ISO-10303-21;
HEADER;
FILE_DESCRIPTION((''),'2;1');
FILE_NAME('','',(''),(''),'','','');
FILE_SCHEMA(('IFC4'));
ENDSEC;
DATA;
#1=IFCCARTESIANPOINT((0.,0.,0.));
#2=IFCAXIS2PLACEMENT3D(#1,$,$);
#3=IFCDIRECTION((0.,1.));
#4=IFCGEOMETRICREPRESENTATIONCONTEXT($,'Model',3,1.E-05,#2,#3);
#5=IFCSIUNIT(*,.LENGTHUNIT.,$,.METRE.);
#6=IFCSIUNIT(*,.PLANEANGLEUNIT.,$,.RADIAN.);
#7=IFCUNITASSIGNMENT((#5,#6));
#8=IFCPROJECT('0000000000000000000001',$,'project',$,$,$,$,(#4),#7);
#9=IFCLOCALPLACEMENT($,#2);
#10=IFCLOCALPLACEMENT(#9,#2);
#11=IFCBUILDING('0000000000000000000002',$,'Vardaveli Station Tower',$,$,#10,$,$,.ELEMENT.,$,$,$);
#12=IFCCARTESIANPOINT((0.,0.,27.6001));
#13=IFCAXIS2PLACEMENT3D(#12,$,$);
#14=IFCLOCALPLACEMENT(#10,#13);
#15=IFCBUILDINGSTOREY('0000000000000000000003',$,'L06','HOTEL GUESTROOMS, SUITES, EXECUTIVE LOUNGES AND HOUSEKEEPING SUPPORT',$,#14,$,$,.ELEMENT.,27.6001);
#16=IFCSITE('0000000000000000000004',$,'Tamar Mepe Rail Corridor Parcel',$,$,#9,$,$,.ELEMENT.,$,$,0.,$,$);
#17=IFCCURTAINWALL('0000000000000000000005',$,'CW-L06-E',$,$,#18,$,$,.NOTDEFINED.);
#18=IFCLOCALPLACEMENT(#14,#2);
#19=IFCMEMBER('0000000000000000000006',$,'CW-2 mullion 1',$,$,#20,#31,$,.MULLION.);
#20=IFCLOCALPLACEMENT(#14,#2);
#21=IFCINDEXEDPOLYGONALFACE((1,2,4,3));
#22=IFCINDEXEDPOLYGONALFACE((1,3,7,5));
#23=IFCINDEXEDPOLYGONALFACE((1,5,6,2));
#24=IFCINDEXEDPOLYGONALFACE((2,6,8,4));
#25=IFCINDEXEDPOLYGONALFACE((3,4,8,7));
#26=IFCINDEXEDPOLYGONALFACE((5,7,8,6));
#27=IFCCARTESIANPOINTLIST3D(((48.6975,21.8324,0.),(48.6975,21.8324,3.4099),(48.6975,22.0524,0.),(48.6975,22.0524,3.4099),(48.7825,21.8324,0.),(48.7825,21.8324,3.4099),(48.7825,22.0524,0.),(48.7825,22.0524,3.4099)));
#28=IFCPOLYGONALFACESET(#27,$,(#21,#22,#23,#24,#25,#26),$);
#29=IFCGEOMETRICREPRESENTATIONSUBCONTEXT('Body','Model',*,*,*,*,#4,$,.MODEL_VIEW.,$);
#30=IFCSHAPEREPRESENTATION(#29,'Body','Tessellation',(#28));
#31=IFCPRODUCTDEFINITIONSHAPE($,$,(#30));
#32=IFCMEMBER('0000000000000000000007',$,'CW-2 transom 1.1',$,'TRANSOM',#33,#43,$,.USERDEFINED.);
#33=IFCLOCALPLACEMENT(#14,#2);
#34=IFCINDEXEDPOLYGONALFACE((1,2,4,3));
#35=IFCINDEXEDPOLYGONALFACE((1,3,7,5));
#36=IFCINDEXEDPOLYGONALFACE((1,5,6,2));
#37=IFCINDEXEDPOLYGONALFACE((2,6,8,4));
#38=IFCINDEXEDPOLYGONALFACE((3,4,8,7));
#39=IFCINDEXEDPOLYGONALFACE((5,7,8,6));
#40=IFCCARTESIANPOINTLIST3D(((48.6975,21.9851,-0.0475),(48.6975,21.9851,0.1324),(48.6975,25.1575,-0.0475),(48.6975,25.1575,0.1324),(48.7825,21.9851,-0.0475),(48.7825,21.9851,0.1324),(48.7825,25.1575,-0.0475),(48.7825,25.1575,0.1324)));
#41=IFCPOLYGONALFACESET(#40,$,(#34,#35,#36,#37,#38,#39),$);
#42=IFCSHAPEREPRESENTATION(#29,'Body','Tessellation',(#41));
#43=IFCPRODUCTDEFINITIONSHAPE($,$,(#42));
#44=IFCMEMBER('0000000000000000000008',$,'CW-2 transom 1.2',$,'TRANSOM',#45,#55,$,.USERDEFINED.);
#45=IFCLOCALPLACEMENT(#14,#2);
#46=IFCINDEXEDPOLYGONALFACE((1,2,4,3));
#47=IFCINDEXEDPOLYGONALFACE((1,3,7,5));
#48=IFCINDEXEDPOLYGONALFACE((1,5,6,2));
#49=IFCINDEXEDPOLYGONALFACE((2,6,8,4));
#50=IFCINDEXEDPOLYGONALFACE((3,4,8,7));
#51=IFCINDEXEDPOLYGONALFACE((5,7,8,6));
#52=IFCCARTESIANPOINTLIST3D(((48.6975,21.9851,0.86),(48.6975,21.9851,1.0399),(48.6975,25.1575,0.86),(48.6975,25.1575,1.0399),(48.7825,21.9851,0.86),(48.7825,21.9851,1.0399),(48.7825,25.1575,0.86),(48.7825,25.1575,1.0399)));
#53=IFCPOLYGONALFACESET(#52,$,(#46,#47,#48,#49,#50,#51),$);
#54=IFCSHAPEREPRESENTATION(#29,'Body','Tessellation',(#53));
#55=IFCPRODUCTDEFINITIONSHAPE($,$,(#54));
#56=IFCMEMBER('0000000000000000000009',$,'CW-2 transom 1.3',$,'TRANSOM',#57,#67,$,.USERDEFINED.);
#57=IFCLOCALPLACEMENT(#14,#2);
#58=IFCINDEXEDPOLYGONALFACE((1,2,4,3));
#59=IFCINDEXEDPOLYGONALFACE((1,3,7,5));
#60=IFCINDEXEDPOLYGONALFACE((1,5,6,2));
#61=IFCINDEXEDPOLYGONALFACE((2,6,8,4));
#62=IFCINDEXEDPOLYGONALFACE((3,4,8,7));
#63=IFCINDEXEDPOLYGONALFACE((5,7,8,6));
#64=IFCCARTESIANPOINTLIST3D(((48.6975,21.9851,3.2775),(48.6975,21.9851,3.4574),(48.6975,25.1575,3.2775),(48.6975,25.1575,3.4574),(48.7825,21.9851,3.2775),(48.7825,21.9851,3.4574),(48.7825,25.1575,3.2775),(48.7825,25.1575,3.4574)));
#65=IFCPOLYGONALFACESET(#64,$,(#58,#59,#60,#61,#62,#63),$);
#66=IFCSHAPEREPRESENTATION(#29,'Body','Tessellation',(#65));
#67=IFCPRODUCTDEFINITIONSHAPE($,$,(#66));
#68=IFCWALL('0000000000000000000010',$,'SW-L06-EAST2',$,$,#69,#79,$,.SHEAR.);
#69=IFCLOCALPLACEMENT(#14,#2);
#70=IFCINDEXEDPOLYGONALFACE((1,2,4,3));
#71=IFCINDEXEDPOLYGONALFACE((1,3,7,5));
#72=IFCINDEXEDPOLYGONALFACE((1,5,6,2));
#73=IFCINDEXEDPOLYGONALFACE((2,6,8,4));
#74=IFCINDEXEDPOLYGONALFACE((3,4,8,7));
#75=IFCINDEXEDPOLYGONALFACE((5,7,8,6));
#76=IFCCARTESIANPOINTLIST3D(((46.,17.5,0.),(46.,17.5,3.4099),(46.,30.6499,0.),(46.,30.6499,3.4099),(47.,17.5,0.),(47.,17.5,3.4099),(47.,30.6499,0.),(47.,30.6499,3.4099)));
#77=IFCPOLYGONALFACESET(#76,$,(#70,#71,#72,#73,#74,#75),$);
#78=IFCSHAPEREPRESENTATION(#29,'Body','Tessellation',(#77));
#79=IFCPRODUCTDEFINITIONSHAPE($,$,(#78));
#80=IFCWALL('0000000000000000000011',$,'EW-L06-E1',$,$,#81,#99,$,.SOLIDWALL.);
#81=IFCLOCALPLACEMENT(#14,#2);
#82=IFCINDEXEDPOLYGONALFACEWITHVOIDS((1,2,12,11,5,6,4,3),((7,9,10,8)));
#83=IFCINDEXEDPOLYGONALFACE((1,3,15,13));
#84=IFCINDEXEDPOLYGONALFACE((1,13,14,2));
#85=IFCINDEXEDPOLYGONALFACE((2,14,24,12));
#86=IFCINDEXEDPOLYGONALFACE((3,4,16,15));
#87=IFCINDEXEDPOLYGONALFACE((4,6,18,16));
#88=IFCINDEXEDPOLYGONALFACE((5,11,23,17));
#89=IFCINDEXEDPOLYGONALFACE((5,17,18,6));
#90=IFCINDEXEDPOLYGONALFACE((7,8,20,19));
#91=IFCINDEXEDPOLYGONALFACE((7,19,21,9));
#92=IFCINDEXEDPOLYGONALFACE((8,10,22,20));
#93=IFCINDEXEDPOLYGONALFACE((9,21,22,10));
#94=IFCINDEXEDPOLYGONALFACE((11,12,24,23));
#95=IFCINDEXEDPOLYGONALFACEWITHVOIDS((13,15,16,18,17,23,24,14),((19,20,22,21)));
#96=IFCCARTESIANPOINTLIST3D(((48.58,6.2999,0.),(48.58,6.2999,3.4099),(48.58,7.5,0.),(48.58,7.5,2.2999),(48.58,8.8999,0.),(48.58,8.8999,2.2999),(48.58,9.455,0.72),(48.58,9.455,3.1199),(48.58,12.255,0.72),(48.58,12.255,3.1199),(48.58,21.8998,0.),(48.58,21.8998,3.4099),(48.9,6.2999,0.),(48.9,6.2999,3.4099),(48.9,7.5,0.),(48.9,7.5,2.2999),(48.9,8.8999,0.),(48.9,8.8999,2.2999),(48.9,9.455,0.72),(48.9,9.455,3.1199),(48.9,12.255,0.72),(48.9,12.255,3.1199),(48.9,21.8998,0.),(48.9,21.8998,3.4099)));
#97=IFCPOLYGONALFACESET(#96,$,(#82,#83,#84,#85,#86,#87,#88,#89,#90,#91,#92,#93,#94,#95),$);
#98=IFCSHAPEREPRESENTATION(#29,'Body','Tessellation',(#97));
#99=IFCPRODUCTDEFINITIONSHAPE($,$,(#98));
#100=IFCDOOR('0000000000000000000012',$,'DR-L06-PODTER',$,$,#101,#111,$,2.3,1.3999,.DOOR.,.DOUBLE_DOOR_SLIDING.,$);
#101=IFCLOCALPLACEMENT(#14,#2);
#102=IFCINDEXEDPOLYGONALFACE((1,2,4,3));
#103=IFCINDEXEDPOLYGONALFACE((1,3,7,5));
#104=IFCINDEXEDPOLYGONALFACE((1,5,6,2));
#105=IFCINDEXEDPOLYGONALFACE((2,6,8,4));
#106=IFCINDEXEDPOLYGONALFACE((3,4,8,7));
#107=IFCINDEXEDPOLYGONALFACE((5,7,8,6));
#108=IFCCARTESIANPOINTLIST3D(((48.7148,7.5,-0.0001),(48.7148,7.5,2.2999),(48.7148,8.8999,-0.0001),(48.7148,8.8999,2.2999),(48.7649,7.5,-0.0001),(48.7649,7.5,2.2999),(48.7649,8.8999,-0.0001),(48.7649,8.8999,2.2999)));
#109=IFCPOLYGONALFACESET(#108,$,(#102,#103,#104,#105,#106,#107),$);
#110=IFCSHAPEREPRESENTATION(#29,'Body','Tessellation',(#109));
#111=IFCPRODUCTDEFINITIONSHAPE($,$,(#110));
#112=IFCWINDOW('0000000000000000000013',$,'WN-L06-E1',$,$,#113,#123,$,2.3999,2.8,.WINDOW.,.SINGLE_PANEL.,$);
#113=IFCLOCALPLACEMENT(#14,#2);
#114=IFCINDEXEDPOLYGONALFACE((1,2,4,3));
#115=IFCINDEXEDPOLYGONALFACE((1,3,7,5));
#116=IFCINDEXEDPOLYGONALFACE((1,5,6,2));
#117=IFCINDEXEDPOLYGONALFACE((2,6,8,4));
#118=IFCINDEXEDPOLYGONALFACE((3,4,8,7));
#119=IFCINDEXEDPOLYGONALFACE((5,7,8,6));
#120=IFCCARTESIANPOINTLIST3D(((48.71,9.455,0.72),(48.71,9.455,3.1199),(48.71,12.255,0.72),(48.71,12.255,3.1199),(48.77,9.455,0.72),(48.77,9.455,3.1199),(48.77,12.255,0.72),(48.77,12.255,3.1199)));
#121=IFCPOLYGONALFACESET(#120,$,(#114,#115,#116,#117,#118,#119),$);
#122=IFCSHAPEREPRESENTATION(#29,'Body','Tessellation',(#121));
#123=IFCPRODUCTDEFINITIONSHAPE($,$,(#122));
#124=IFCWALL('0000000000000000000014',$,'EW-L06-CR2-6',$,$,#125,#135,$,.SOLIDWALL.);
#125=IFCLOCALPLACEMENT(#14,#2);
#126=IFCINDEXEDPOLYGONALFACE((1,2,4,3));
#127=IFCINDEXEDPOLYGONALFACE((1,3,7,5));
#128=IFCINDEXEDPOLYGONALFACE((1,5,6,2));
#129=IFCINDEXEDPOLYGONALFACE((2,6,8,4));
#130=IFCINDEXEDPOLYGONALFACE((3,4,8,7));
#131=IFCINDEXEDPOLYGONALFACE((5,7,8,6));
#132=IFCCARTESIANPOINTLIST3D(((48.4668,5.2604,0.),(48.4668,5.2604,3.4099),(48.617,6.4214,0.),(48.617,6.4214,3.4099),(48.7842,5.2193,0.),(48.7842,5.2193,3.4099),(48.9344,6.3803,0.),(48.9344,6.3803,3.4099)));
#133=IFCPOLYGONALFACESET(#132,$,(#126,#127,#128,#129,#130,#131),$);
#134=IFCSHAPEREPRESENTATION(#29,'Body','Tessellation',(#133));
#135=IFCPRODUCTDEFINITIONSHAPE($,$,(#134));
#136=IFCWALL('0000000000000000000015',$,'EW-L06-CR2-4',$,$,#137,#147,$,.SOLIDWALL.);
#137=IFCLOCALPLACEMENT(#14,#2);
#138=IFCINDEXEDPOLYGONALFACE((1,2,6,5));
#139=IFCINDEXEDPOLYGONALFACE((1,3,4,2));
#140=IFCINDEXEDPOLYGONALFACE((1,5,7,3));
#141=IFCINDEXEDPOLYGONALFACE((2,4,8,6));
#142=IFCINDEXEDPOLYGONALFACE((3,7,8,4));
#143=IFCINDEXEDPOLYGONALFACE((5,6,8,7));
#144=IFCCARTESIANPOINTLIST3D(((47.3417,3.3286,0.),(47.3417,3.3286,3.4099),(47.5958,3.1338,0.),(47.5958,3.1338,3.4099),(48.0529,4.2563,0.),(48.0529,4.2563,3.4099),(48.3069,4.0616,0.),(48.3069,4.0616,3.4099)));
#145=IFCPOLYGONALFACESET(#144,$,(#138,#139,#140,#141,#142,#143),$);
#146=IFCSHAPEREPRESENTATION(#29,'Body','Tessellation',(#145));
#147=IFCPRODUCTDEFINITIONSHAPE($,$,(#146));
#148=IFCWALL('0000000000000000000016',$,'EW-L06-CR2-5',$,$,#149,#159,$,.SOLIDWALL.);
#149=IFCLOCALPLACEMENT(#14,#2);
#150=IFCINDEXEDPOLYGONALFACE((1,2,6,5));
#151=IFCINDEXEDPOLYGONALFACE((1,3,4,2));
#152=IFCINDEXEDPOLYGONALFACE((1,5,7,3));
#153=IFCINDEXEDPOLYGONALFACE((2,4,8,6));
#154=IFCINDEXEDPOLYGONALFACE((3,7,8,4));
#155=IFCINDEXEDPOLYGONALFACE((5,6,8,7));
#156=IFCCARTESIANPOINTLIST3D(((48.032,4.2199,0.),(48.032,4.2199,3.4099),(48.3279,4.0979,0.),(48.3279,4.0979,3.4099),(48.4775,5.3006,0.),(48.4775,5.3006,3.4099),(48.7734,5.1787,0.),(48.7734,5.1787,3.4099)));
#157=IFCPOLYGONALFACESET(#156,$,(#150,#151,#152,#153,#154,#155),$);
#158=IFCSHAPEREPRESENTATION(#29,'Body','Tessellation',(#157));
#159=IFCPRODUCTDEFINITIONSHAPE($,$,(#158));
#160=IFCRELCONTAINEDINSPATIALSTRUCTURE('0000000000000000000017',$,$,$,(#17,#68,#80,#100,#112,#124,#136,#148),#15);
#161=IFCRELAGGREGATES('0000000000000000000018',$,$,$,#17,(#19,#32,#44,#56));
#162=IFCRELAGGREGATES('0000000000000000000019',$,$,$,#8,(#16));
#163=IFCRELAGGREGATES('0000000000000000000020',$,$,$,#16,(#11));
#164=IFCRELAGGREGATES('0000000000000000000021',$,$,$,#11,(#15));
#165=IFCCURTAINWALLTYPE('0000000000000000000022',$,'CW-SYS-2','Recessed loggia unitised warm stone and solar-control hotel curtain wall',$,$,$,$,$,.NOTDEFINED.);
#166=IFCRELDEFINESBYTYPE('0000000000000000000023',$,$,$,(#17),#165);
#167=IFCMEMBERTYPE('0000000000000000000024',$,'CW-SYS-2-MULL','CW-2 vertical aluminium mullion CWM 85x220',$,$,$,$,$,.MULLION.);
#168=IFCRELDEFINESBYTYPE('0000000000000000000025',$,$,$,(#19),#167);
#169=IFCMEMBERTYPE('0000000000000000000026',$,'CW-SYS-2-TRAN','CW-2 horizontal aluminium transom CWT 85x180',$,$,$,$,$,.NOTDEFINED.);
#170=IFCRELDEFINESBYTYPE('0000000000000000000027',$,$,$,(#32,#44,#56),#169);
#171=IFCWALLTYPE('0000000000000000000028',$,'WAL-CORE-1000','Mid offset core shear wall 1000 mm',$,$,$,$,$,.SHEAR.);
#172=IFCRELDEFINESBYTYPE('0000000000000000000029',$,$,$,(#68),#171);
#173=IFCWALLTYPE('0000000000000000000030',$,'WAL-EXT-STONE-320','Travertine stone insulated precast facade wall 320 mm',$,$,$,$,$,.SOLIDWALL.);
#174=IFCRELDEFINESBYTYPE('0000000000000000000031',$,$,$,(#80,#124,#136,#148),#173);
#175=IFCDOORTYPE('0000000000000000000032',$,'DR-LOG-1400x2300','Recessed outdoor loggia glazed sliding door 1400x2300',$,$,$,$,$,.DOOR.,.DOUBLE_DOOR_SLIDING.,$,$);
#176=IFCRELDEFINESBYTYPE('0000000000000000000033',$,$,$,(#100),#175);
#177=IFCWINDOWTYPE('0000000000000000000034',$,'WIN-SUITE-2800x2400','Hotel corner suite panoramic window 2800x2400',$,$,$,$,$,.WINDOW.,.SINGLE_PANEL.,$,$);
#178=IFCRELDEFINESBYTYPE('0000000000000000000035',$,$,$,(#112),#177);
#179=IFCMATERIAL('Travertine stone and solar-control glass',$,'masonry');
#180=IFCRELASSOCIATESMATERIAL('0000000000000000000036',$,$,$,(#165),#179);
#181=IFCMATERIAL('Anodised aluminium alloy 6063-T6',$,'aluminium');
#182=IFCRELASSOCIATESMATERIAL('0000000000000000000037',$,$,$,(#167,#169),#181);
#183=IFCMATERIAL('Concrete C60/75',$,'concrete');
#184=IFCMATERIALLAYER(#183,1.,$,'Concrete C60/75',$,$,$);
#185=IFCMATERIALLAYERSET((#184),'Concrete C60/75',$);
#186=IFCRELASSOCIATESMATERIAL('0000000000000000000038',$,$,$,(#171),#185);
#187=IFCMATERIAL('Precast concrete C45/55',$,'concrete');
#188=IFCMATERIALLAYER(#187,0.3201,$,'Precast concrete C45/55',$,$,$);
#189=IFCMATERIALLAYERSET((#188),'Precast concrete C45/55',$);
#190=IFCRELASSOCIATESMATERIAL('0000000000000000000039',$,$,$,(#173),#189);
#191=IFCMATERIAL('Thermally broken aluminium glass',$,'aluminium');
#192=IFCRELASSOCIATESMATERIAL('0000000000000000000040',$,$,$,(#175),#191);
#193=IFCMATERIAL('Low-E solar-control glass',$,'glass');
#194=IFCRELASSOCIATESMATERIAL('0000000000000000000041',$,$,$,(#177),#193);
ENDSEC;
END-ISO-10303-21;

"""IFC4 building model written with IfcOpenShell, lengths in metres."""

from ifc_helpers import new_model, si_unit, direction, frame, frame_2d, origin, origin_2d, place, context, subcontext, project, spatial, rectangle, extrude, source, transform, mapped, material, layer, layer_set, material_profile, profile_set, type_object, element, fill, aggregate, save


model = new_model("IFC4")

# Units and contexts
model_context = context("Model", 3, precision=1e-05, world=origin(), true_north=direction((0.0, 1.0)))
body_context = subcontext(model_context, "Body", "Model", "MODEL_VIEW")
ifc_project = project(units=[si_unit("LENGTHUNIT", "METRE"), si_unit("PLANEANGLEUNIT", "RADIAN")], contexts=[model_context])

# Site, building, storey
site_placement = place(None, origin())
site = spatial("IfcSite", under=ifc_project, at=site_placement, Name="Tamar Mepe Rail Corridor Parcel", CompositionType="ELEMENT", RefElevation=0.0)
building_placement = place(site_placement, origin())
building = spatial("IfcBuilding", under=site, at=building_placement, Name="Vardaveli Station Tower", CompositionType="ELEMENT")
storey_placement = place(building_placement, frame((0.0, 0.0, 27.6001)))
storey = spatial("IfcBuildingStorey", under=building, at=storey_placement, Name="L06", Description="HOTEL GUESTROOMS, SUITES, EXECUTIVE LOUNGES AND HOUSEKEEPING SUPPORT", CompositionType="ELEMENT", Elevation=27.6001)

# Shared definitions
ifc_material_1 = material(Name="Precast concrete C45/55", Category="concrete")

# Curtain wall, members
ifc_material_2 = material(Name="Travertine stone and solar-control glass", Category="masonry")
curtain_wall_type = type_object("IfcCurtainWallType", Name="CW-SYS-2", Description="Recessed loggia unitised warm stone and solar-control hotel curtain wall", PredefinedType="NOTDEFINED", material=ifc_material_2)
curtain_wall_placement = place(storey_placement, origin())
curtain_wall = element("IfcCurtainWall", 1, at=curtain_wall_placement, inside=storey, type_object=curtain_wall_type, Name="CW-L06-E", PredefinedType="NOTDEFINED")
ifc_material_3 = material(Name="Anodised aluminium alloy 6063-T6", Category="aluminium")
ifc_material_profile_1 = material_profile(ifc_material_3, rectangle(XDim=0.085, YDim=0.22, at=origin_2d()), Name="CWM 85x220")
ifc_profile_set_1 = profile_set([ifc_material_profile_1], Name="Anodised aluminium alloy 6063-T6")
member_type_1 = type_object("IfcMemberType", Name="CW-SYS-2-MULL", Description="CW-2 vertical aluminium mullion CWM 85x220", PredefinedType="MULLION", material=ifc_profile_set_1)
shared_shape_1 = source(origin(), body_context, "Body", "SweptSolid", [
    extrude(rectangle(XDim=0.085, YDim=0.22, at=origin_2d()), origin(), (0.0, 0.0, 1.0), 3.4099),
])
member_1_placement = place(storey_placement, frame((48.74, 21.9424, 0.0), z_axis=(0.0, 0.0, 1.0), x_axis=(-1.0, 0.0, 0.0)))
member_1 = element("IfcMember", 2, at=member_1_placement, type_object=member_type_1, Name="CW-2 mullion 1", PredefinedType="MULLION", context=body_context, shape_type="MappedRepresentation", body=[
    mapped(shared_shape_1, transform((0.0, 0.0, 0.0), scale=1.0)),
])
ifc_material_profile_2 = material_profile(ifc_material_3, rectangle(XDim=0.085, YDim=0.1799, at=origin_2d()), Name="CWT 85x180")
ifc_profile_set_2 = profile_set([ifc_material_profile_2], Name="Anodised aluminium alloy 6063-T6")
member_type_2 = type_object("IfcMemberType", Name="CW-SYS-2-TRAN", Description="CW-2 horizontal aluminium transom CWT 85x180", PredefinedType="NOTDEFINED", material=ifc_profile_set_2)
shared_shape_2 = source(origin(), body_context, "Body", "SweptSolid", [
    extrude(rectangle(XDim=0.085, YDim=0.1799, at=origin_2d()), origin(), (0.0, 0.0, 1.0), 3.1724),
])
member_2_placement = place(storey_placement, frame((48.74, 21.9851, 0.0425), z_axis=(0.0, 1.0, 0.0), x_axis=(-1.0, 0.0, 0.0)))
member_2 = element("IfcMember", 3, at=member_2_placement, type_object=member_type_2, Name="CW-2 transom 1.1", ObjectType="TRANSOM", PredefinedType="USERDEFINED", context=body_context, shape_type="MappedRepresentation", body=[
    mapped(shared_shape_2, transform((0.0, 0.0, 0.0), scale=1.0)),
])
member_3_placement = place(storey_placement, frame((48.74, 21.9851, 0.95), z_axis=(0.0, 1.0, 0.0), x_axis=(-1.0, 0.0, 0.0)))
member_3 = element("IfcMember", 4, at=member_3_placement, type_object=member_type_2, Name="CW-2 transom 1.2", ObjectType="TRANSOM", PredefinedType="USERDEFINED", context=body_context, shape_type="MappedRepresentation", body=[
    mapped(shared_shape_2, transform((0.0, 0.0, 0.0), scale=1.0)),
])
member_4_placement = place(storey_placement, frame((48.74, 21.9851, 3.3674), z_axis=(0.0, 1.0, 0.0), x_axis=(-1.0, 0.0, 0.0)))
member_4 = element("IfcMember", 5, at=member_4_placement, type_object=member_type_2, Name="CW-2 transom 1.3", ObjectType="TRANSOM", PredefinedType="USERDEFINED", context=body_context, shape_type="MappedRepresentation", body=[
    mapped(shared_shape_2, transform((0.0, 0.0, 0.0), scale=1.0)),
])
aggregate(curtain_wall, [member_1, member_2, member_3, member_4])

# Wall
ifc_material_4 = material(Name="Concrete C60/75", Category="concrete")
ifc_layer_1 = layer(ifc_material_4, 1.0, Name="Concrete C60/75")
ifc_layer_set_1 = layer_set([ifc_layer_1], Name="Concrete C60/75")
wall_type_1 = type_object("IfcWallType", Name="WAL-CORE-1000", Description="Mid offset core shear wall 1000 mm", PredefinedType="SHEAR", material=ifc_layer_set_1)
shared_shape_3 = source(origin(), body_context, "Body", "SweptSolid", [
    extrude(rectangle(XDim=13.1499, YDim=1.0, at=frame_2d((6.575, 0.0))), origin(), (0.0, 0.0, 1.0), 3.4099),
])
wall_1_placement = place(storey_placement, frame((46.5, 17.5, 0.0), z_axis=(0.0, 0.0, 1.0), x_axis=(0.0, 1.0, 0.0)))
element("IfcWall", 6, at=wall_1_placement, inside=storey, type_object=wall_type_1, Name="SW-L06-EAST2", PredefinedType="SHEAR", context=body_context, shape_type="MappedRepresentation", body=[
    mapped(shared_shape_3, transform((0.0, 0.0, 0.0), scale=1.0)),
])

# Wall, openings, door, window
ifc_layer_2 = layer(ifc_material_1, 0.3201, Name="Precast concrete C45/55")
ifc_layer_set_2 = layer_set([ifc_layer_2], Name="Precast concrete C45/55")
wall_type_2 = type_object("IfcWallType", Name="WAL-EXT-STONE-320", Description="Travertine stone insulated precast facade wall 320 mm", PredefinedType="SOLIDWALL", material=ifc_layer_set_2)
shared_shape_4 = source(origin(), body_context, "Body", "SweptSolid", [
    extrude(rectangle(XDim=15.5999, YDim=0.3201, at=frame_2d((7.7998, 0.0))), origin(), (0.0, 0.0, 1.0), 3.4099),
])
wall_2_placement = place(storey_placement, frame((48.74, 6.3, 0.0), z_axis=(0.0, 0.0, 1.0), x_axis=(0.0, 1.0, 0.0)))
wall_2 = element("IfcWall", 7, at=wall_2_placement, inside=storey, type_object=wall_type_2, Name="EW-L06-E1", PredefinedType="SOLIDWALL", context=body_context, shape_type="MappedRepresentation", body=[
    mapped(shared_shape_4, transform((0.0, 0.0, 0.0), scale=1.0)),
])
shared_shape_5 = source(origin(), body_context, "Body", "SweptSolid", [
    extrude(rectangle(XDim=1.3999, YDim=2.3, at=frame_2d((0.7, 1.1499))), frame((0.0, 0.1699, 0.0), z_axis=(0.0, -1.0, 0.0), x_axis=(1.0, 0.0, 0.0)), (0.0, 0.0, 1.0), 0.3401),
])
opening_1_placement = place(wall_2_placement, frame((1.2, 0.0, 0.0)))
opening_1 = element("IfcOpeningElement", 8, at=opening_1_placement, cuts=wall_2, PredefinedType="OPENING", context=body_context, shape_type="MappedRepresentation", body=[
    mapped(shared_shape_5, transform((0.0, 0.0, 0.0), scale=1.0)),
])
shared_shape_6 = source(origin(), body_context, "Body", "SweptSolid", [
    extrude(rectangle(XDim=2.8, YDim=2.3999, at=frame_2d((1.3999, 1.2))), frame((0.0, 0.1699, 0.0), z_axis=(0.0, -1.0, 0.0), x_axis=(1.0, 0.0, 0.0)), (0.0, 0.0, 1.0), 0.3401),
])
opening_2_placement = place(wall_2_placement, frame((3.155, 0.0, 0.72)))
opening_2 = element("IfcOpeningElement", 9, at=opening_2_placement, cuts=wall_2, PredefinedType="OPENING", context=body_context, shape_type="MappedRepresentation", body=[
    mapped(shared_shape_6, transform((0.0, 0.0, 0.0), scale=1.0)),
])
ifc_material_5 = material(Name="Thermally broken aluminium glass", Category="aluminium")
door_type = type_object("IfcDoorType", Name="DR-LOG-1400x2300", Description="Recessed outdoor loggia glazed sliding door 1400x2300", OperationType="DOUBLE_DOOR_SLIDING", PredefinedType="DOOR", material=ifc_material_5)
shared_shape_7 = source(origin(), body_context, "Body", "SweptSolid", [
    extrude(rectangle(XDim=1.3999, YDim=2.3, at=frame_2d((0.7, 1.1499))), frame((0.0, 0.0249, 0.0), z_axis=(0.0, -1.0, 0.0), x_axis=(1.0, 0.0, 0.0)), (0.0, 0.0, 1.0), 0.05),
])
door_placement = place(opening_1_placement, frame((1.3999, 0.0, 0.0), z_axis=(0.0, 0.0, 1.0), x_axis=(-1.0, 0.0, 0.0)))
door = element("IfcDoor", 10, at=door_placement, inside=storey, type_object=door_type, Name="DR-L06-PODTER", OperationType="DOUBLE_DOOR_SLIDING", OverallHeight=2.3, OverallWidth=1.3999, PredefinedType="DOOR", context=body_context, shape_type="MappedRepresentation", body=[
    mapped(shared_shape_7, transform((0.0, 0.0, 0.0), scale=1.0)),
])
fill(opening_1, door)
ifc_material_6 = material(Name="Low-E solar-control glass", Category="glass")
window_type = type_object("IfcWindowType", Name="WIN-SUITE-2800x2400", Description="Hotel corner suite panoramic window 2800x2400", PartitioningType="SINGLE_PANEL", PredefinedType="WINDOW", material=ifc_material_6)
shared_shape_8 = source(origin(), body_context, "Body", "SweptSolid", [
    extrude(rectangle(XDim=2.8, YDim=2.3999, at=frame_2d((1.3999, 1.2))), frame((0.0, 0.03, 0.0), z_axis=(0.0, -1.0, 0.0), x_axis=(1.0, 0.0, 0.0)), (0.0, 0.0, 1.0), 0.0601),
])
window_placement = place(opening_2_placement, origin())
window = element("IfcWindow", 11, at=window_placement, inside=storey, type_object=window_type, Name="WN-L06-E1", OverallHeight=2.3999, OverallWidth=2.8, PartitioningType="SINGLE_PANEL", PredefinedType="WINDOW", context=body_context, shape_type="MappedRepresentation", body=[
    mapped(shared_shape_8, transform((0.0, 0.0, 0.0), scale=1.0)),
])
fill(opening_2, window)

# Walls
shared_shape_9 = source(origin(), body_context, "Body", "SweptSolid", [
    extrude(rectangle(XDim=1.1707, YDim=0.3201, at=frame_2d((0.5854, 0.0))), origin(), (0.0, 0.0, 1.0), 3.4099),
])
wall_3_placement = place(storey_placement, frame((48.6255, 5.2397, 0.0), z_axis=(0.0, 0.0, 1.0), x_axis=(0.128269, 0.991739, 0.0)))
element("IfcWall", 12, at=wall_3_placement, inside=storey, type_object=wall_type_2, Name="EW-L06-CR2-6", PredefinedType="SOLIDWALL", context=body_context, shape_type="MappedRepresentation", body=[
    mapped(shared_shape_9, transform((0.0, 0.0, 0.0), scale=1.0)),
])
shared_shape_10 = source(origin(), body_context, "Body", "SweptSolid", [
    extrude(rectangle(XDim=1.1689, YDim=0.3201, at=frame_2d((0.5845, 0.0))), origin(), (0.0, 0.0, 1.0), 3.4099),
])
for number, where, z_axis, x_axis, name in (
    (13, (47.4688, 3.2312, 0.0), (0.0, 0.0, 1.0), (0.608388, 0.79364, 0.0), "EW-L06-CR2-4"),
    (14, (48.1799, 4.1589, 0.0), (0.0, 0.0, 1.0), (0.381128, 0.924522, 0.0), "EW-L06-CR2-5"),
):
    element("IfcWall", number, at=place(storey_placement, frame(where, z_axis=z_axis, x_axis=x_axis)), inside=storey, type_object=wall_type_2, Name=name, PredefinedType="SOLIDWALL", context=body_context, shape_type="MappedRepresentation", body=[
        mapped(shared_shape_10, transform((0.0, 0.0, 0.0), scale=1.0)),
    ])

save(model, "model.ifc")
